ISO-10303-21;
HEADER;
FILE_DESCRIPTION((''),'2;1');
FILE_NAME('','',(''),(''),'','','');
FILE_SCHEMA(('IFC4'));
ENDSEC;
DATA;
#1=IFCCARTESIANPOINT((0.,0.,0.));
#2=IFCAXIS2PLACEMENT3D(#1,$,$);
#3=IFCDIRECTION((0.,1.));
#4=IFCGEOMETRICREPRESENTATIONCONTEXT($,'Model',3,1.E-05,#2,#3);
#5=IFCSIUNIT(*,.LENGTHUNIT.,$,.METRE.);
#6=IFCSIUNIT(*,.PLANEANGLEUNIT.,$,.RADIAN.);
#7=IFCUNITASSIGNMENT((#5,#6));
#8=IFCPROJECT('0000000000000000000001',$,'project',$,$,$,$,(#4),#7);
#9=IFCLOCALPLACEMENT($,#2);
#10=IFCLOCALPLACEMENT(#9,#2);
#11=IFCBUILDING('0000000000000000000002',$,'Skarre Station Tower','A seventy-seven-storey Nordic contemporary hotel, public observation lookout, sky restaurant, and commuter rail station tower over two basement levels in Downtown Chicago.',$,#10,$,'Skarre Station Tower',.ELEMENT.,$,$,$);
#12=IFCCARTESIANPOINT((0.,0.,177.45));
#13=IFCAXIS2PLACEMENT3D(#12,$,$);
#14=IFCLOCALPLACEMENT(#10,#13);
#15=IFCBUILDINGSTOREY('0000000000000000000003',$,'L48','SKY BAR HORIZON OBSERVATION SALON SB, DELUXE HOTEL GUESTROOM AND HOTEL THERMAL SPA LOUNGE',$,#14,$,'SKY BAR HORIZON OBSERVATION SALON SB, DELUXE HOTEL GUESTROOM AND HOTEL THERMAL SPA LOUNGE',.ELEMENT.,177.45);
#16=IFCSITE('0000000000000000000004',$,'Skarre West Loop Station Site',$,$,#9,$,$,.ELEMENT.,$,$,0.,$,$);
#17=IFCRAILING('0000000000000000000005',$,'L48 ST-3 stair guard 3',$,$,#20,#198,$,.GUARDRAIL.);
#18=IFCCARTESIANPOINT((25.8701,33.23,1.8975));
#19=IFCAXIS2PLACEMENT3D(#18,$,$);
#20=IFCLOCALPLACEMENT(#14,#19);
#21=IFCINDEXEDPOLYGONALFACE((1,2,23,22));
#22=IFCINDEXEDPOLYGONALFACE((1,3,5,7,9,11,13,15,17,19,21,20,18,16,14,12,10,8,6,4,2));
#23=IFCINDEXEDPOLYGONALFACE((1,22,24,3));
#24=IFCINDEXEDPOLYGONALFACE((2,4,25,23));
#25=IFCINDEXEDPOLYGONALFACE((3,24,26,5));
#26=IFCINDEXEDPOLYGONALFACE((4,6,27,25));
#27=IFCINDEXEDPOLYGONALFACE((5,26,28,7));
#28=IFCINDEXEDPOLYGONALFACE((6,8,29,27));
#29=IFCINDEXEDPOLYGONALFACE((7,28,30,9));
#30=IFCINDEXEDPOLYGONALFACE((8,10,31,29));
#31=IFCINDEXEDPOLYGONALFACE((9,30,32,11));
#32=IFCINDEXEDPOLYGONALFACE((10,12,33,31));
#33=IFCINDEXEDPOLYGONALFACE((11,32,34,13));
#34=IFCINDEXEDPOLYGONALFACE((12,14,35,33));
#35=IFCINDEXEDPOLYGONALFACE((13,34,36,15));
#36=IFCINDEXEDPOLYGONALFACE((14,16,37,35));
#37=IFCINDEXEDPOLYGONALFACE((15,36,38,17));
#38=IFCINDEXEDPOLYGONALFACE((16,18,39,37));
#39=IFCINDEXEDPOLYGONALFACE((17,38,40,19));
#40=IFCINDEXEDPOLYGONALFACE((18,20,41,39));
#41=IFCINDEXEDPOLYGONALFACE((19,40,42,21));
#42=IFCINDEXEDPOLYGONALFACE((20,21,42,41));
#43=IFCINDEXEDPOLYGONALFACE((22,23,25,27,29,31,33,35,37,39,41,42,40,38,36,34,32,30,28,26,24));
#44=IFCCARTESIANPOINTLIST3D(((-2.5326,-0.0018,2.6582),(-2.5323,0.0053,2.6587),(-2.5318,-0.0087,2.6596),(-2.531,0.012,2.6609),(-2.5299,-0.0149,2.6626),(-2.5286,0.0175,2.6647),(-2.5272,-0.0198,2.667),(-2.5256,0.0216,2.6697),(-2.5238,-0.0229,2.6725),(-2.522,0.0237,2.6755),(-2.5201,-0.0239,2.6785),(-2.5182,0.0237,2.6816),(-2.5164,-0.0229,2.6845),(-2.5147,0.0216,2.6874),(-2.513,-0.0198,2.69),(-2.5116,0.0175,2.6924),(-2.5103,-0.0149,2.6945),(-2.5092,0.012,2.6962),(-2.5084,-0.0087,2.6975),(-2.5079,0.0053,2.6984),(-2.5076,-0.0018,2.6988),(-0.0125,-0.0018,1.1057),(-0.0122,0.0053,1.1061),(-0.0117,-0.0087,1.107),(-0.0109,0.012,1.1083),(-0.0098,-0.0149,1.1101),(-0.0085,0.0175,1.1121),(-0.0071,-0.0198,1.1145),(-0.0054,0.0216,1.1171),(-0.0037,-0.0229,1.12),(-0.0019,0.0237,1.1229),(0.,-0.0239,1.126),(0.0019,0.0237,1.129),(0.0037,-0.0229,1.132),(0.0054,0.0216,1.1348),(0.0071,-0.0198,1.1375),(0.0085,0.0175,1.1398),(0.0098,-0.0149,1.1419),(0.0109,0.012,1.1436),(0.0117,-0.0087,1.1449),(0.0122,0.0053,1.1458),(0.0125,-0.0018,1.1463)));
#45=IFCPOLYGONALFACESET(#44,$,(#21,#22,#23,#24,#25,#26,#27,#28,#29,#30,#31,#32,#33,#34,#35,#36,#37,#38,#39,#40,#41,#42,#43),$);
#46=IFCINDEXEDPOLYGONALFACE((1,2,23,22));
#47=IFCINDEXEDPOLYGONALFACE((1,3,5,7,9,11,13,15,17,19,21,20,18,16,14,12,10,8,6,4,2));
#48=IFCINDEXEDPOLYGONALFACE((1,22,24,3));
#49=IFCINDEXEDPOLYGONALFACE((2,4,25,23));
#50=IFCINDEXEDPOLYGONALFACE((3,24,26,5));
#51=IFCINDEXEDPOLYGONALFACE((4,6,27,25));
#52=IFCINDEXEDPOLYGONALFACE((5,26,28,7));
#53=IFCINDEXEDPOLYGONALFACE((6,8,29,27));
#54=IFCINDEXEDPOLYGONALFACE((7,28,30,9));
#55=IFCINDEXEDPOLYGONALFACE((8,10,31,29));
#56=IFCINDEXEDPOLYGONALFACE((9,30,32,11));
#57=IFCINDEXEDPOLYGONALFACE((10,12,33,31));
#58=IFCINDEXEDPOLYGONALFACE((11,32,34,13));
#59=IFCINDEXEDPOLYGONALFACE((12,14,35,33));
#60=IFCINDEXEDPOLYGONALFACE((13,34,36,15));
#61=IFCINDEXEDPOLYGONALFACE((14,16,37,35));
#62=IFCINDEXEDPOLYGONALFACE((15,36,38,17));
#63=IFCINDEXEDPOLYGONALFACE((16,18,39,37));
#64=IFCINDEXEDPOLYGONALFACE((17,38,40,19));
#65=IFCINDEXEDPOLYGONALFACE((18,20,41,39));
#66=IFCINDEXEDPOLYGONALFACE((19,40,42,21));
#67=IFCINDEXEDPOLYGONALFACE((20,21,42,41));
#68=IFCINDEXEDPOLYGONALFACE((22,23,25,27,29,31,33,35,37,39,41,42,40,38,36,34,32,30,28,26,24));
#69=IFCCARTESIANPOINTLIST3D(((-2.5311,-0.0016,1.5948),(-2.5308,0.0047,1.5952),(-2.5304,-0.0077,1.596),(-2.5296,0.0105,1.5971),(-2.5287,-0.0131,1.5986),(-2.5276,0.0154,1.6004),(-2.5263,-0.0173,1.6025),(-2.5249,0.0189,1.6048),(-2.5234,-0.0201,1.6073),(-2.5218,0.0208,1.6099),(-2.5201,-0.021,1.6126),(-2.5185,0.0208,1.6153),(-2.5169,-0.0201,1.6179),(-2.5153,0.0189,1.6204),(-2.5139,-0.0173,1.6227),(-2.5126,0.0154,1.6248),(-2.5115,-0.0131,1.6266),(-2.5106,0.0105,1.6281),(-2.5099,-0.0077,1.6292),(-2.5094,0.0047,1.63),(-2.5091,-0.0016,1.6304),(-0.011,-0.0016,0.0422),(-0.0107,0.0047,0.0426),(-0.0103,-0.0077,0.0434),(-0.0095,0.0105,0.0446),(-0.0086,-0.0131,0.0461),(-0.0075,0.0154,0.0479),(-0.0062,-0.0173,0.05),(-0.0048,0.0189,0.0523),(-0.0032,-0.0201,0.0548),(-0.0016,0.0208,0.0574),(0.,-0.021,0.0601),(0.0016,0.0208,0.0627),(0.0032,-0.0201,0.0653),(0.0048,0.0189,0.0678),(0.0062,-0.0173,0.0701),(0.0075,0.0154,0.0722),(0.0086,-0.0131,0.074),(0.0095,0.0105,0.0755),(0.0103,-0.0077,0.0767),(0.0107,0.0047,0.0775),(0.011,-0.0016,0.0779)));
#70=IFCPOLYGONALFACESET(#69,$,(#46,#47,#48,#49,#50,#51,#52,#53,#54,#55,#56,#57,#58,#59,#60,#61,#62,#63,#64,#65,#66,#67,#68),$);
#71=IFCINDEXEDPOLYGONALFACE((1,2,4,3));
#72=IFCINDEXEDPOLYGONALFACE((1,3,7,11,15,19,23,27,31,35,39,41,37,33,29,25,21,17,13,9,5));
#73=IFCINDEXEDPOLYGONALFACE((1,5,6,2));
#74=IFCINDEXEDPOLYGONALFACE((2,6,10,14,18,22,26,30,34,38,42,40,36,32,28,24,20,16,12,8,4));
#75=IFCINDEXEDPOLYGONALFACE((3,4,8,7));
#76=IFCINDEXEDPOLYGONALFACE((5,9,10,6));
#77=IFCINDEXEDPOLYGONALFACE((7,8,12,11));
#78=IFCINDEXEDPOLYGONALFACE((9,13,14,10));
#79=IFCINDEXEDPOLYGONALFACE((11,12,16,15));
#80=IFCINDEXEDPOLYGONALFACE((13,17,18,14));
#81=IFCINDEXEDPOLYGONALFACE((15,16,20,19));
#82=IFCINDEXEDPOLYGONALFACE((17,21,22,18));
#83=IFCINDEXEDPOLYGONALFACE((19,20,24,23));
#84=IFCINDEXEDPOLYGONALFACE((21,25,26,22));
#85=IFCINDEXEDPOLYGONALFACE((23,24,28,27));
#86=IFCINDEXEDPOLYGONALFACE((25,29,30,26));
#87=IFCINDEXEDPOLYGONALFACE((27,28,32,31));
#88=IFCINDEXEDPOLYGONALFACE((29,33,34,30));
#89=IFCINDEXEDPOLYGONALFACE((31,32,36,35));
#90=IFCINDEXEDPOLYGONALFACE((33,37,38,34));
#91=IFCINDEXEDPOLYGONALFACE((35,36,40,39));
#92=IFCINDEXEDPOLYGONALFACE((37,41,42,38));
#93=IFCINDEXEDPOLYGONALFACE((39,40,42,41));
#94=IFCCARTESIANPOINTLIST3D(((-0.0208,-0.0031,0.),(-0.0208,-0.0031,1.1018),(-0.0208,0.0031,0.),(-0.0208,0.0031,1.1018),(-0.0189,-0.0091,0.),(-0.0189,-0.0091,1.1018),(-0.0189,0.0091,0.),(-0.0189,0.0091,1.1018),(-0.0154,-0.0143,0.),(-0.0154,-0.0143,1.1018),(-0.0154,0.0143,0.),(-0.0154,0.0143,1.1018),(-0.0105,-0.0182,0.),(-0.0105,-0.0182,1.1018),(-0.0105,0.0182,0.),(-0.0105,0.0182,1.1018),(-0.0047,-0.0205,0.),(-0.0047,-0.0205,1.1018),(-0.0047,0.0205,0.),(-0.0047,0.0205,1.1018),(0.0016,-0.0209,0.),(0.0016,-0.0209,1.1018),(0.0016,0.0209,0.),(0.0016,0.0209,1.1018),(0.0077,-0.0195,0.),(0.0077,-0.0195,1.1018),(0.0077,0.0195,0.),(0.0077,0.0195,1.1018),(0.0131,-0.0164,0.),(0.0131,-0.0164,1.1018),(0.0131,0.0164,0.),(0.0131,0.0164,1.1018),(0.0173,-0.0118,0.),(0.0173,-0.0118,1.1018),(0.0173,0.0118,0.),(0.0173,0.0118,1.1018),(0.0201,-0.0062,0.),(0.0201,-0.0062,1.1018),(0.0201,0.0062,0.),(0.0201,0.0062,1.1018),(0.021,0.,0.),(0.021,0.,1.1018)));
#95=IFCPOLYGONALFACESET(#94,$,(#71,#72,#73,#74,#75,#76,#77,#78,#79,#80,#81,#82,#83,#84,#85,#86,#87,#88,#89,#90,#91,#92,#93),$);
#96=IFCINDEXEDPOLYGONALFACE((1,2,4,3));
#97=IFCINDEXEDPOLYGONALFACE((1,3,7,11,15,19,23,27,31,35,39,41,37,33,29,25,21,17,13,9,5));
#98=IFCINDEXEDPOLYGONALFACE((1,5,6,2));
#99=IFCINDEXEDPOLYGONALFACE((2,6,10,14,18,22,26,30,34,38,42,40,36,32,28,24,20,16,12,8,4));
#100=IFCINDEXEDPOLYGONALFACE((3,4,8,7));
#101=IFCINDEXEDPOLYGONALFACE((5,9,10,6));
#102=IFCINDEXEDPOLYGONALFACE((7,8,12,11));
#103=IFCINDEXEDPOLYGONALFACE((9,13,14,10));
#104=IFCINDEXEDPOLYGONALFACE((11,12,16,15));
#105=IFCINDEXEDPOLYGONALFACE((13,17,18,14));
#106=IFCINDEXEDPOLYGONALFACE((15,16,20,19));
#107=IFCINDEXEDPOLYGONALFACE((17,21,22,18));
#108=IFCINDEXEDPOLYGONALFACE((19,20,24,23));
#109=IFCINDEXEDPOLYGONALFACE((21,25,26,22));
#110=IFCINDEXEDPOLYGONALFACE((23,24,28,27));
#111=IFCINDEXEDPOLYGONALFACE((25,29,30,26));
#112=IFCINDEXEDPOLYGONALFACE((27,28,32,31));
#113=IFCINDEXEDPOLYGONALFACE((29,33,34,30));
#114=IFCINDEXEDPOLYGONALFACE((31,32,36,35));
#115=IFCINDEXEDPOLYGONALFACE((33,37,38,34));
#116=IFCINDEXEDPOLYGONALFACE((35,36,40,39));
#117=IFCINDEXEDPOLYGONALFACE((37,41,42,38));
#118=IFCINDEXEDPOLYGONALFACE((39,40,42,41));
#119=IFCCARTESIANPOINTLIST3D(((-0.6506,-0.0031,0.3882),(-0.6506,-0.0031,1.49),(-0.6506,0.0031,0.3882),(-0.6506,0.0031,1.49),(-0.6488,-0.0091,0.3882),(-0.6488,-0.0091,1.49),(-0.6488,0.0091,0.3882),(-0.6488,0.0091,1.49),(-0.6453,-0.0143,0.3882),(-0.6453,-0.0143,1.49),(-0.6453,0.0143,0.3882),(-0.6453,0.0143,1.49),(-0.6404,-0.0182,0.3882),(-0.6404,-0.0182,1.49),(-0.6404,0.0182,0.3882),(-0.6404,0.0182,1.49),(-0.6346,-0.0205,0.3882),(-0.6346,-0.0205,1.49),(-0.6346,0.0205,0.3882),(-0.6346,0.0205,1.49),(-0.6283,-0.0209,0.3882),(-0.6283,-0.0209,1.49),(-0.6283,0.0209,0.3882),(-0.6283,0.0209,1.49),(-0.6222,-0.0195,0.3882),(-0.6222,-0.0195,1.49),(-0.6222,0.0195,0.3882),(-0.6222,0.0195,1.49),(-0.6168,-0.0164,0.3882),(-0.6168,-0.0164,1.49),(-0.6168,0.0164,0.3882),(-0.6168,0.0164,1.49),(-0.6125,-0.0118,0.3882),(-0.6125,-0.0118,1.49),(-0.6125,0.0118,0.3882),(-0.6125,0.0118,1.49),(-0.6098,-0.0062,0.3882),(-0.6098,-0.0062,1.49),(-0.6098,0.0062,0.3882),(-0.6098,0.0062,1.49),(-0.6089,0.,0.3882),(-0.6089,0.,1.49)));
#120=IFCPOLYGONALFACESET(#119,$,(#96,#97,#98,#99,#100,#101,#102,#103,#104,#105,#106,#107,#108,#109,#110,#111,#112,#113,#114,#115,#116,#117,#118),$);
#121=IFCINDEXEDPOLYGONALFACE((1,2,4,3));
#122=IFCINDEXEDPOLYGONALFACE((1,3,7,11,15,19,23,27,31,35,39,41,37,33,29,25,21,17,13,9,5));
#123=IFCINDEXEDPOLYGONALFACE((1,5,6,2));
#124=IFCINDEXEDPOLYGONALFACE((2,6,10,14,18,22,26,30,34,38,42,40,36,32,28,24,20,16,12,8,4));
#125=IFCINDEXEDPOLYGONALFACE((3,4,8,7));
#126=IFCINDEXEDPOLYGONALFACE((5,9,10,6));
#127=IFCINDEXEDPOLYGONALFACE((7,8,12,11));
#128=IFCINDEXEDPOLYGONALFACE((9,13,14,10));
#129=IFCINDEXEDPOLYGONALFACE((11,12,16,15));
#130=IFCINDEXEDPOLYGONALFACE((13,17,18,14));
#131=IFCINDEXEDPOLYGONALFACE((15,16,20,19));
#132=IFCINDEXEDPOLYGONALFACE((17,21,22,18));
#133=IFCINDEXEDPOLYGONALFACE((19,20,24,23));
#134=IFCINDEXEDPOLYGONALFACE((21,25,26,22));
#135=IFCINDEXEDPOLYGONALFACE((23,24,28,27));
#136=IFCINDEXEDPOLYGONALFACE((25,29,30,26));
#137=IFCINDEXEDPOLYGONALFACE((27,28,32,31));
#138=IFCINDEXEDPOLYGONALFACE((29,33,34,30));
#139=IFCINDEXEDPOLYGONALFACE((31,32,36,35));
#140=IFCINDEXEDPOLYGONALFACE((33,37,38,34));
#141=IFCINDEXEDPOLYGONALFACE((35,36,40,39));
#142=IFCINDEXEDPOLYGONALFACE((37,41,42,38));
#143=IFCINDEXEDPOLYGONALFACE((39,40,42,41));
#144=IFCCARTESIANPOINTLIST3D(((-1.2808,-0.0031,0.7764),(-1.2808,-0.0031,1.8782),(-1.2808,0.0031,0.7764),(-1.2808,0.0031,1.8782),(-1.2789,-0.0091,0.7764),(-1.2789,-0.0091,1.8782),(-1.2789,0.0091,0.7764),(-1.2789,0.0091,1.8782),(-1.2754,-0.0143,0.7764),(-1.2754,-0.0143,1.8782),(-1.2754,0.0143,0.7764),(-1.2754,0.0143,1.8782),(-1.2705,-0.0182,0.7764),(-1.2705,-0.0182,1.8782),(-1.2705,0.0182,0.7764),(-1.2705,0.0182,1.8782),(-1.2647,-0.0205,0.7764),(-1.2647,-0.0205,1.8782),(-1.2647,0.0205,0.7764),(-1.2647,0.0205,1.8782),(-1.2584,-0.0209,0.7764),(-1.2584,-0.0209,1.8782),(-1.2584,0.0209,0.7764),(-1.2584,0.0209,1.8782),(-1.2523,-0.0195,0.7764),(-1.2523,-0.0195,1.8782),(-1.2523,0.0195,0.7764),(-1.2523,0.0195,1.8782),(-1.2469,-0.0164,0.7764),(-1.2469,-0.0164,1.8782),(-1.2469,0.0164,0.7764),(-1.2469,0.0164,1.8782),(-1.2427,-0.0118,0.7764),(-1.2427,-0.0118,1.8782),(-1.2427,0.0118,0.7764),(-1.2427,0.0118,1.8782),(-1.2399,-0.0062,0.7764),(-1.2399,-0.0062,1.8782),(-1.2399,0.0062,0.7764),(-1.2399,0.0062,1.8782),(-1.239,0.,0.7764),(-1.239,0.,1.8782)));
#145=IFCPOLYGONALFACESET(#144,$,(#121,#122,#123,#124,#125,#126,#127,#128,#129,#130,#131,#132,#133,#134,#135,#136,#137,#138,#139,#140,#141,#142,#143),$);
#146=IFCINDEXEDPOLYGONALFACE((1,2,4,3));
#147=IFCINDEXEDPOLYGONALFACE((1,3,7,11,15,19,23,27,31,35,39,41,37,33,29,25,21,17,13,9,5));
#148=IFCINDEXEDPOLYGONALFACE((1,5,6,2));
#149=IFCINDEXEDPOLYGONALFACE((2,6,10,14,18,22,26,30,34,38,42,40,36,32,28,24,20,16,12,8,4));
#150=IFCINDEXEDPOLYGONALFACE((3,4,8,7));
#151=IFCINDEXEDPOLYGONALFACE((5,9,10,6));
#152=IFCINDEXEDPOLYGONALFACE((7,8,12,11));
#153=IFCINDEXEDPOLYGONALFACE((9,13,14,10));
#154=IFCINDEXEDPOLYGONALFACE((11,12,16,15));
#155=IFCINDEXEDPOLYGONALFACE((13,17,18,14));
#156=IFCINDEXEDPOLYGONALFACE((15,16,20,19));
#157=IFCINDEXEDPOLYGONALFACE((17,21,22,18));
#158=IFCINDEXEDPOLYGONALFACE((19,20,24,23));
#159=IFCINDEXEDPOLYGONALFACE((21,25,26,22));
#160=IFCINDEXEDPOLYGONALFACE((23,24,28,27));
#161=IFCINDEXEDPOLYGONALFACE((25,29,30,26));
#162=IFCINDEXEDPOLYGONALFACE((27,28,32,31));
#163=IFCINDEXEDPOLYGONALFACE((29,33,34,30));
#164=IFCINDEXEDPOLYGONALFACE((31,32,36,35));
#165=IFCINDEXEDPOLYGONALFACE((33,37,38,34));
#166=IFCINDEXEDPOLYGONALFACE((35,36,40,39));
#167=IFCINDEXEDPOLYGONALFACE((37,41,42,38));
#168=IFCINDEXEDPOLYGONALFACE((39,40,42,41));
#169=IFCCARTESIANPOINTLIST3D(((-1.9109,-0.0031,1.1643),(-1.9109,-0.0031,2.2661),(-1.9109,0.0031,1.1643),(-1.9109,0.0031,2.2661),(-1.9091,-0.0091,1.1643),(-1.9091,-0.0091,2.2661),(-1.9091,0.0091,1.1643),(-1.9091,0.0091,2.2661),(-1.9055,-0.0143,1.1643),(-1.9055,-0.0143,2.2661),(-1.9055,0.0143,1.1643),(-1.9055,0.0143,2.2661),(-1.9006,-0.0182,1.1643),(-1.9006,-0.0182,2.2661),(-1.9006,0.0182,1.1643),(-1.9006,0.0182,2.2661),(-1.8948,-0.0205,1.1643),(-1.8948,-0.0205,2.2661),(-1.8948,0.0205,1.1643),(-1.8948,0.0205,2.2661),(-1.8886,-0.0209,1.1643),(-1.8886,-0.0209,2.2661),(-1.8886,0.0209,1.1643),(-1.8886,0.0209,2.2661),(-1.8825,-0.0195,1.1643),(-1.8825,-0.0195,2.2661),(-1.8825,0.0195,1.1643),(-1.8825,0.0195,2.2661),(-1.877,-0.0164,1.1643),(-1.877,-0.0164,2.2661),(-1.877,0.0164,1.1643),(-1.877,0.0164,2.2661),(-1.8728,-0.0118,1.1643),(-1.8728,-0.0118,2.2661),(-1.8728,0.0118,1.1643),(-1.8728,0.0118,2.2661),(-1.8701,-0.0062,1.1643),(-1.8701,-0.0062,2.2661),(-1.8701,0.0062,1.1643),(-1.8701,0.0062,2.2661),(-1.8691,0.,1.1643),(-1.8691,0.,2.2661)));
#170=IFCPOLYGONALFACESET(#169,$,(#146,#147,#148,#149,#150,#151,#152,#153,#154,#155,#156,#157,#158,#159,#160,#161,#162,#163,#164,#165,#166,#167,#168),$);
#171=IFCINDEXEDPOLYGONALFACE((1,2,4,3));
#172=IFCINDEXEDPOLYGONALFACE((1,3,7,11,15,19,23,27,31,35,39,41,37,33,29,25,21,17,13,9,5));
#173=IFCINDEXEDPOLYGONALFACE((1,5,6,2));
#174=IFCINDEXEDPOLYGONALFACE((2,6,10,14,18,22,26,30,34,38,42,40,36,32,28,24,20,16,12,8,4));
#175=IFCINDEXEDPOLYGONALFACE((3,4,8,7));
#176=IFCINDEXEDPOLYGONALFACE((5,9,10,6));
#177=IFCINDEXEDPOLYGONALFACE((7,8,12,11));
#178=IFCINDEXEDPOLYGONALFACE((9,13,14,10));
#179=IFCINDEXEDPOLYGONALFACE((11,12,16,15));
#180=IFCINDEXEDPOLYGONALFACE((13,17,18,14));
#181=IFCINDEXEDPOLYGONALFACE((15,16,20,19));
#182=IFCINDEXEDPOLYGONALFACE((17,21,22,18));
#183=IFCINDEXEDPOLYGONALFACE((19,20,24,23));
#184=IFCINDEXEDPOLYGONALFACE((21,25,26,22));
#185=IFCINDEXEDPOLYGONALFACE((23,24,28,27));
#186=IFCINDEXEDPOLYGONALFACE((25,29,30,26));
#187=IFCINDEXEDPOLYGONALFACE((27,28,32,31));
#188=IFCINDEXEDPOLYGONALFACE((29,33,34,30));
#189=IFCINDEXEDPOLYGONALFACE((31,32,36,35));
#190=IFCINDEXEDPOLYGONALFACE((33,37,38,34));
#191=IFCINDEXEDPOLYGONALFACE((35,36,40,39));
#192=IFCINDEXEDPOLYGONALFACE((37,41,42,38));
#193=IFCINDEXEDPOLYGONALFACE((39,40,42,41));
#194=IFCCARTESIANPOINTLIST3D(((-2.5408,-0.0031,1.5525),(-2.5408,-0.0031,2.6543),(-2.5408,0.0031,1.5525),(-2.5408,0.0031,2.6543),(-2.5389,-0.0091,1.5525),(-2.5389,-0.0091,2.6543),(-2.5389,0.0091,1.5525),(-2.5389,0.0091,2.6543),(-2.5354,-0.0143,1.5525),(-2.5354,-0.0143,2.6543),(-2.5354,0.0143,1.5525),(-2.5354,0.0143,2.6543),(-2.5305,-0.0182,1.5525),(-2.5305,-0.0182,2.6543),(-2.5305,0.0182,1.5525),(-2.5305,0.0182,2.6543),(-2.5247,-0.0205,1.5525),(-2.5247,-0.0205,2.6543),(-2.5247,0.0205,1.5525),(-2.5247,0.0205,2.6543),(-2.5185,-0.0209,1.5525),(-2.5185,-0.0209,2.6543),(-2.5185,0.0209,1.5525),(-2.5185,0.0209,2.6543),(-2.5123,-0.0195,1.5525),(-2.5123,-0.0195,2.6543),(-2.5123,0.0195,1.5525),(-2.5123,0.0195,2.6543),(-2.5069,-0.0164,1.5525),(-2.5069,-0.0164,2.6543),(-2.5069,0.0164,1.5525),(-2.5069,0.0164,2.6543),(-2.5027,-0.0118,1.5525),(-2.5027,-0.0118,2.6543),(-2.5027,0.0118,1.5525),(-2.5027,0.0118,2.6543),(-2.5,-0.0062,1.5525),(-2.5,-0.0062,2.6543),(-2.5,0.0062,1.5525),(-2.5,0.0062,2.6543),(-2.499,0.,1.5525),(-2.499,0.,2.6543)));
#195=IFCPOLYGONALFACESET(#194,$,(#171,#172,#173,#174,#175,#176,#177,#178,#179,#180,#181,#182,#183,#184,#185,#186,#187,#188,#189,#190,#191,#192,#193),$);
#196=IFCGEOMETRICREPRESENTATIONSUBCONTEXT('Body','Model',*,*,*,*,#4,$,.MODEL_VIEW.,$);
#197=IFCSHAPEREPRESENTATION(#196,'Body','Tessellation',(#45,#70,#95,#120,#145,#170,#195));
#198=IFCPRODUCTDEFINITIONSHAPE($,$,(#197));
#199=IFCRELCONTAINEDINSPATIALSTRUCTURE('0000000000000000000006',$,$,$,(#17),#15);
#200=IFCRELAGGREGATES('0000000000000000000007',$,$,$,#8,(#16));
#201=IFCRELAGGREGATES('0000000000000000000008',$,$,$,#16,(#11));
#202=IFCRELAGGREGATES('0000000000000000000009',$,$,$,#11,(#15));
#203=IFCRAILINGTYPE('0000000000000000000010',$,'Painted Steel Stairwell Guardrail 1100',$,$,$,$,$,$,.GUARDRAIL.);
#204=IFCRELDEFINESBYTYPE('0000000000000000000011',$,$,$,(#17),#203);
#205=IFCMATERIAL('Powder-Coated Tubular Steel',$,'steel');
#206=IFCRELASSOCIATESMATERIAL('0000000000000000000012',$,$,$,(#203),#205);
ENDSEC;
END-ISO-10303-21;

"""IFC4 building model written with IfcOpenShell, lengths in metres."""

from ifc_helpers import new_model, si_unit, direction, frame, origin, origin_2d, place, context, subcontext, project, spatial, circle, extrude, material, type_object, element, save


model = new_model("IFC4")

# Units and contexts
model_context = context("Model", 3, precision=1e-05, world=origin(), true_north=direction((0.0, 1.0)))
body_context = subcontext(model_context, "Body", "Model", "MODEL_VIEW")
ifc_project = project(units=[si_unit("LENGTHUNIT", "METRE"), si_unit("PLANEANGLEUNIT", "RADIAN")], contexts=[model_context])

# Site, building, storey
site_placement = place(None, origin())
site = spatial("IfcSite", under=ifc_project, at=site_placement, Name="Skarre West Loop Station Site", CompositionType="ELEMENT", RefElevation=0.0)
building_placement = place(site_placement, origin())
building = spatial("IfcBuilding", under=site, at=building_placement, Name="Skarre Station Tower", Description="A seventy-seven-storey Nordic contemporary hotel, public observation lookout, sky restaurant, and commuter rail station tower over two basement levels in Downtown Chicago.", LongName="Skarre Station Tower", CompositionType="ELEMENT")
storey_placement = place(building_placement, frame((0.0, 0.0, 177.45)))
storey = spatial("IfcBuildingStorey", under=building, at=storey_placement, Name="L48", Description="SKY BAR HORIZON OBSERVATION SALON SB, DELUXE HOTEL GUESTROOM AND HOTEL THERMAL SPA LOUNGE", LongName="SKY BAR HORIZON OBSERVATION SALON SB, DELUXE HOTEL GUESTROOM AND HOTEL THERMAL SPA LOUNGE", CompositionType="ELEMENT", Elevation=177.45)

# Railing
ifc_material_1 = material(Name="Powder-Coated Tubular Steel", Category="steel")
railing_type_1 = type_object("IfcRailingType", Name="Painted Steel Stairwell Guardrail 1100", PredefinedType="GUARDRAIL", material=ifc_material_1)
railing_1_placement = place(storey_placement, frame((25.8701, 33.23, 1.8975)))
element("IfcRailing", 1, at=railing_1_placement, inside=storey, type_object=railing_type_1, Name="L48 ST-3 stair guard 3", PredefinedType="GUARDRAIL", context=body_context, shape_type="SweptSolid", body=[
    extrude(circle(Radius=0.0239, at=origin_2d()), frame((0.0, 0.0, 1.126), z_axis=(-0.8514, 0.0, 0.524516), x_axis=(0.0, -1.0, 0.0)), (0.0, 0.0, 1.0), 2.96),
    extrude(circle(Radius=0.021, at=origin_2d()), frame((0.0, 0.0, 0.0601), z_axis=(-0.8514, 0.0, 0.524516), x_axis=(0.0, -1.0, 0.0)), (0.0, 0.0, 1.0), 2.96),
    extrude(circle(Radius=0.021, at=origin_2d()), origin(), (0.0, 0.0, 1.0), 1.1018),
    extrude(circle(Radius=0.021, at=origin_2d()), frame((-0.6299, 0.0, 0.3882)), (0.0, 0.0, 1.0), 1.1018),
    extrude(circle(Radius=0.021, at=origin_2d()), frame((-1.26, 0.0, 0.7764)), (0.0, 0.0, 1.0), 1.1018),
    extrude(circle(Radius=0.021, at=origin_2d()), frame((-1.8901, 0.0, 1.1643)), (0.0, 0.0, 1.0), 1.1018),
    extrude(circle(Radius=0.021, at=origin_2d()), frame((-2.52, 0.0, 1.5525)), (0.0, 0.0, 1.0), 1.1018),
])

save(model, "model.ifc")
